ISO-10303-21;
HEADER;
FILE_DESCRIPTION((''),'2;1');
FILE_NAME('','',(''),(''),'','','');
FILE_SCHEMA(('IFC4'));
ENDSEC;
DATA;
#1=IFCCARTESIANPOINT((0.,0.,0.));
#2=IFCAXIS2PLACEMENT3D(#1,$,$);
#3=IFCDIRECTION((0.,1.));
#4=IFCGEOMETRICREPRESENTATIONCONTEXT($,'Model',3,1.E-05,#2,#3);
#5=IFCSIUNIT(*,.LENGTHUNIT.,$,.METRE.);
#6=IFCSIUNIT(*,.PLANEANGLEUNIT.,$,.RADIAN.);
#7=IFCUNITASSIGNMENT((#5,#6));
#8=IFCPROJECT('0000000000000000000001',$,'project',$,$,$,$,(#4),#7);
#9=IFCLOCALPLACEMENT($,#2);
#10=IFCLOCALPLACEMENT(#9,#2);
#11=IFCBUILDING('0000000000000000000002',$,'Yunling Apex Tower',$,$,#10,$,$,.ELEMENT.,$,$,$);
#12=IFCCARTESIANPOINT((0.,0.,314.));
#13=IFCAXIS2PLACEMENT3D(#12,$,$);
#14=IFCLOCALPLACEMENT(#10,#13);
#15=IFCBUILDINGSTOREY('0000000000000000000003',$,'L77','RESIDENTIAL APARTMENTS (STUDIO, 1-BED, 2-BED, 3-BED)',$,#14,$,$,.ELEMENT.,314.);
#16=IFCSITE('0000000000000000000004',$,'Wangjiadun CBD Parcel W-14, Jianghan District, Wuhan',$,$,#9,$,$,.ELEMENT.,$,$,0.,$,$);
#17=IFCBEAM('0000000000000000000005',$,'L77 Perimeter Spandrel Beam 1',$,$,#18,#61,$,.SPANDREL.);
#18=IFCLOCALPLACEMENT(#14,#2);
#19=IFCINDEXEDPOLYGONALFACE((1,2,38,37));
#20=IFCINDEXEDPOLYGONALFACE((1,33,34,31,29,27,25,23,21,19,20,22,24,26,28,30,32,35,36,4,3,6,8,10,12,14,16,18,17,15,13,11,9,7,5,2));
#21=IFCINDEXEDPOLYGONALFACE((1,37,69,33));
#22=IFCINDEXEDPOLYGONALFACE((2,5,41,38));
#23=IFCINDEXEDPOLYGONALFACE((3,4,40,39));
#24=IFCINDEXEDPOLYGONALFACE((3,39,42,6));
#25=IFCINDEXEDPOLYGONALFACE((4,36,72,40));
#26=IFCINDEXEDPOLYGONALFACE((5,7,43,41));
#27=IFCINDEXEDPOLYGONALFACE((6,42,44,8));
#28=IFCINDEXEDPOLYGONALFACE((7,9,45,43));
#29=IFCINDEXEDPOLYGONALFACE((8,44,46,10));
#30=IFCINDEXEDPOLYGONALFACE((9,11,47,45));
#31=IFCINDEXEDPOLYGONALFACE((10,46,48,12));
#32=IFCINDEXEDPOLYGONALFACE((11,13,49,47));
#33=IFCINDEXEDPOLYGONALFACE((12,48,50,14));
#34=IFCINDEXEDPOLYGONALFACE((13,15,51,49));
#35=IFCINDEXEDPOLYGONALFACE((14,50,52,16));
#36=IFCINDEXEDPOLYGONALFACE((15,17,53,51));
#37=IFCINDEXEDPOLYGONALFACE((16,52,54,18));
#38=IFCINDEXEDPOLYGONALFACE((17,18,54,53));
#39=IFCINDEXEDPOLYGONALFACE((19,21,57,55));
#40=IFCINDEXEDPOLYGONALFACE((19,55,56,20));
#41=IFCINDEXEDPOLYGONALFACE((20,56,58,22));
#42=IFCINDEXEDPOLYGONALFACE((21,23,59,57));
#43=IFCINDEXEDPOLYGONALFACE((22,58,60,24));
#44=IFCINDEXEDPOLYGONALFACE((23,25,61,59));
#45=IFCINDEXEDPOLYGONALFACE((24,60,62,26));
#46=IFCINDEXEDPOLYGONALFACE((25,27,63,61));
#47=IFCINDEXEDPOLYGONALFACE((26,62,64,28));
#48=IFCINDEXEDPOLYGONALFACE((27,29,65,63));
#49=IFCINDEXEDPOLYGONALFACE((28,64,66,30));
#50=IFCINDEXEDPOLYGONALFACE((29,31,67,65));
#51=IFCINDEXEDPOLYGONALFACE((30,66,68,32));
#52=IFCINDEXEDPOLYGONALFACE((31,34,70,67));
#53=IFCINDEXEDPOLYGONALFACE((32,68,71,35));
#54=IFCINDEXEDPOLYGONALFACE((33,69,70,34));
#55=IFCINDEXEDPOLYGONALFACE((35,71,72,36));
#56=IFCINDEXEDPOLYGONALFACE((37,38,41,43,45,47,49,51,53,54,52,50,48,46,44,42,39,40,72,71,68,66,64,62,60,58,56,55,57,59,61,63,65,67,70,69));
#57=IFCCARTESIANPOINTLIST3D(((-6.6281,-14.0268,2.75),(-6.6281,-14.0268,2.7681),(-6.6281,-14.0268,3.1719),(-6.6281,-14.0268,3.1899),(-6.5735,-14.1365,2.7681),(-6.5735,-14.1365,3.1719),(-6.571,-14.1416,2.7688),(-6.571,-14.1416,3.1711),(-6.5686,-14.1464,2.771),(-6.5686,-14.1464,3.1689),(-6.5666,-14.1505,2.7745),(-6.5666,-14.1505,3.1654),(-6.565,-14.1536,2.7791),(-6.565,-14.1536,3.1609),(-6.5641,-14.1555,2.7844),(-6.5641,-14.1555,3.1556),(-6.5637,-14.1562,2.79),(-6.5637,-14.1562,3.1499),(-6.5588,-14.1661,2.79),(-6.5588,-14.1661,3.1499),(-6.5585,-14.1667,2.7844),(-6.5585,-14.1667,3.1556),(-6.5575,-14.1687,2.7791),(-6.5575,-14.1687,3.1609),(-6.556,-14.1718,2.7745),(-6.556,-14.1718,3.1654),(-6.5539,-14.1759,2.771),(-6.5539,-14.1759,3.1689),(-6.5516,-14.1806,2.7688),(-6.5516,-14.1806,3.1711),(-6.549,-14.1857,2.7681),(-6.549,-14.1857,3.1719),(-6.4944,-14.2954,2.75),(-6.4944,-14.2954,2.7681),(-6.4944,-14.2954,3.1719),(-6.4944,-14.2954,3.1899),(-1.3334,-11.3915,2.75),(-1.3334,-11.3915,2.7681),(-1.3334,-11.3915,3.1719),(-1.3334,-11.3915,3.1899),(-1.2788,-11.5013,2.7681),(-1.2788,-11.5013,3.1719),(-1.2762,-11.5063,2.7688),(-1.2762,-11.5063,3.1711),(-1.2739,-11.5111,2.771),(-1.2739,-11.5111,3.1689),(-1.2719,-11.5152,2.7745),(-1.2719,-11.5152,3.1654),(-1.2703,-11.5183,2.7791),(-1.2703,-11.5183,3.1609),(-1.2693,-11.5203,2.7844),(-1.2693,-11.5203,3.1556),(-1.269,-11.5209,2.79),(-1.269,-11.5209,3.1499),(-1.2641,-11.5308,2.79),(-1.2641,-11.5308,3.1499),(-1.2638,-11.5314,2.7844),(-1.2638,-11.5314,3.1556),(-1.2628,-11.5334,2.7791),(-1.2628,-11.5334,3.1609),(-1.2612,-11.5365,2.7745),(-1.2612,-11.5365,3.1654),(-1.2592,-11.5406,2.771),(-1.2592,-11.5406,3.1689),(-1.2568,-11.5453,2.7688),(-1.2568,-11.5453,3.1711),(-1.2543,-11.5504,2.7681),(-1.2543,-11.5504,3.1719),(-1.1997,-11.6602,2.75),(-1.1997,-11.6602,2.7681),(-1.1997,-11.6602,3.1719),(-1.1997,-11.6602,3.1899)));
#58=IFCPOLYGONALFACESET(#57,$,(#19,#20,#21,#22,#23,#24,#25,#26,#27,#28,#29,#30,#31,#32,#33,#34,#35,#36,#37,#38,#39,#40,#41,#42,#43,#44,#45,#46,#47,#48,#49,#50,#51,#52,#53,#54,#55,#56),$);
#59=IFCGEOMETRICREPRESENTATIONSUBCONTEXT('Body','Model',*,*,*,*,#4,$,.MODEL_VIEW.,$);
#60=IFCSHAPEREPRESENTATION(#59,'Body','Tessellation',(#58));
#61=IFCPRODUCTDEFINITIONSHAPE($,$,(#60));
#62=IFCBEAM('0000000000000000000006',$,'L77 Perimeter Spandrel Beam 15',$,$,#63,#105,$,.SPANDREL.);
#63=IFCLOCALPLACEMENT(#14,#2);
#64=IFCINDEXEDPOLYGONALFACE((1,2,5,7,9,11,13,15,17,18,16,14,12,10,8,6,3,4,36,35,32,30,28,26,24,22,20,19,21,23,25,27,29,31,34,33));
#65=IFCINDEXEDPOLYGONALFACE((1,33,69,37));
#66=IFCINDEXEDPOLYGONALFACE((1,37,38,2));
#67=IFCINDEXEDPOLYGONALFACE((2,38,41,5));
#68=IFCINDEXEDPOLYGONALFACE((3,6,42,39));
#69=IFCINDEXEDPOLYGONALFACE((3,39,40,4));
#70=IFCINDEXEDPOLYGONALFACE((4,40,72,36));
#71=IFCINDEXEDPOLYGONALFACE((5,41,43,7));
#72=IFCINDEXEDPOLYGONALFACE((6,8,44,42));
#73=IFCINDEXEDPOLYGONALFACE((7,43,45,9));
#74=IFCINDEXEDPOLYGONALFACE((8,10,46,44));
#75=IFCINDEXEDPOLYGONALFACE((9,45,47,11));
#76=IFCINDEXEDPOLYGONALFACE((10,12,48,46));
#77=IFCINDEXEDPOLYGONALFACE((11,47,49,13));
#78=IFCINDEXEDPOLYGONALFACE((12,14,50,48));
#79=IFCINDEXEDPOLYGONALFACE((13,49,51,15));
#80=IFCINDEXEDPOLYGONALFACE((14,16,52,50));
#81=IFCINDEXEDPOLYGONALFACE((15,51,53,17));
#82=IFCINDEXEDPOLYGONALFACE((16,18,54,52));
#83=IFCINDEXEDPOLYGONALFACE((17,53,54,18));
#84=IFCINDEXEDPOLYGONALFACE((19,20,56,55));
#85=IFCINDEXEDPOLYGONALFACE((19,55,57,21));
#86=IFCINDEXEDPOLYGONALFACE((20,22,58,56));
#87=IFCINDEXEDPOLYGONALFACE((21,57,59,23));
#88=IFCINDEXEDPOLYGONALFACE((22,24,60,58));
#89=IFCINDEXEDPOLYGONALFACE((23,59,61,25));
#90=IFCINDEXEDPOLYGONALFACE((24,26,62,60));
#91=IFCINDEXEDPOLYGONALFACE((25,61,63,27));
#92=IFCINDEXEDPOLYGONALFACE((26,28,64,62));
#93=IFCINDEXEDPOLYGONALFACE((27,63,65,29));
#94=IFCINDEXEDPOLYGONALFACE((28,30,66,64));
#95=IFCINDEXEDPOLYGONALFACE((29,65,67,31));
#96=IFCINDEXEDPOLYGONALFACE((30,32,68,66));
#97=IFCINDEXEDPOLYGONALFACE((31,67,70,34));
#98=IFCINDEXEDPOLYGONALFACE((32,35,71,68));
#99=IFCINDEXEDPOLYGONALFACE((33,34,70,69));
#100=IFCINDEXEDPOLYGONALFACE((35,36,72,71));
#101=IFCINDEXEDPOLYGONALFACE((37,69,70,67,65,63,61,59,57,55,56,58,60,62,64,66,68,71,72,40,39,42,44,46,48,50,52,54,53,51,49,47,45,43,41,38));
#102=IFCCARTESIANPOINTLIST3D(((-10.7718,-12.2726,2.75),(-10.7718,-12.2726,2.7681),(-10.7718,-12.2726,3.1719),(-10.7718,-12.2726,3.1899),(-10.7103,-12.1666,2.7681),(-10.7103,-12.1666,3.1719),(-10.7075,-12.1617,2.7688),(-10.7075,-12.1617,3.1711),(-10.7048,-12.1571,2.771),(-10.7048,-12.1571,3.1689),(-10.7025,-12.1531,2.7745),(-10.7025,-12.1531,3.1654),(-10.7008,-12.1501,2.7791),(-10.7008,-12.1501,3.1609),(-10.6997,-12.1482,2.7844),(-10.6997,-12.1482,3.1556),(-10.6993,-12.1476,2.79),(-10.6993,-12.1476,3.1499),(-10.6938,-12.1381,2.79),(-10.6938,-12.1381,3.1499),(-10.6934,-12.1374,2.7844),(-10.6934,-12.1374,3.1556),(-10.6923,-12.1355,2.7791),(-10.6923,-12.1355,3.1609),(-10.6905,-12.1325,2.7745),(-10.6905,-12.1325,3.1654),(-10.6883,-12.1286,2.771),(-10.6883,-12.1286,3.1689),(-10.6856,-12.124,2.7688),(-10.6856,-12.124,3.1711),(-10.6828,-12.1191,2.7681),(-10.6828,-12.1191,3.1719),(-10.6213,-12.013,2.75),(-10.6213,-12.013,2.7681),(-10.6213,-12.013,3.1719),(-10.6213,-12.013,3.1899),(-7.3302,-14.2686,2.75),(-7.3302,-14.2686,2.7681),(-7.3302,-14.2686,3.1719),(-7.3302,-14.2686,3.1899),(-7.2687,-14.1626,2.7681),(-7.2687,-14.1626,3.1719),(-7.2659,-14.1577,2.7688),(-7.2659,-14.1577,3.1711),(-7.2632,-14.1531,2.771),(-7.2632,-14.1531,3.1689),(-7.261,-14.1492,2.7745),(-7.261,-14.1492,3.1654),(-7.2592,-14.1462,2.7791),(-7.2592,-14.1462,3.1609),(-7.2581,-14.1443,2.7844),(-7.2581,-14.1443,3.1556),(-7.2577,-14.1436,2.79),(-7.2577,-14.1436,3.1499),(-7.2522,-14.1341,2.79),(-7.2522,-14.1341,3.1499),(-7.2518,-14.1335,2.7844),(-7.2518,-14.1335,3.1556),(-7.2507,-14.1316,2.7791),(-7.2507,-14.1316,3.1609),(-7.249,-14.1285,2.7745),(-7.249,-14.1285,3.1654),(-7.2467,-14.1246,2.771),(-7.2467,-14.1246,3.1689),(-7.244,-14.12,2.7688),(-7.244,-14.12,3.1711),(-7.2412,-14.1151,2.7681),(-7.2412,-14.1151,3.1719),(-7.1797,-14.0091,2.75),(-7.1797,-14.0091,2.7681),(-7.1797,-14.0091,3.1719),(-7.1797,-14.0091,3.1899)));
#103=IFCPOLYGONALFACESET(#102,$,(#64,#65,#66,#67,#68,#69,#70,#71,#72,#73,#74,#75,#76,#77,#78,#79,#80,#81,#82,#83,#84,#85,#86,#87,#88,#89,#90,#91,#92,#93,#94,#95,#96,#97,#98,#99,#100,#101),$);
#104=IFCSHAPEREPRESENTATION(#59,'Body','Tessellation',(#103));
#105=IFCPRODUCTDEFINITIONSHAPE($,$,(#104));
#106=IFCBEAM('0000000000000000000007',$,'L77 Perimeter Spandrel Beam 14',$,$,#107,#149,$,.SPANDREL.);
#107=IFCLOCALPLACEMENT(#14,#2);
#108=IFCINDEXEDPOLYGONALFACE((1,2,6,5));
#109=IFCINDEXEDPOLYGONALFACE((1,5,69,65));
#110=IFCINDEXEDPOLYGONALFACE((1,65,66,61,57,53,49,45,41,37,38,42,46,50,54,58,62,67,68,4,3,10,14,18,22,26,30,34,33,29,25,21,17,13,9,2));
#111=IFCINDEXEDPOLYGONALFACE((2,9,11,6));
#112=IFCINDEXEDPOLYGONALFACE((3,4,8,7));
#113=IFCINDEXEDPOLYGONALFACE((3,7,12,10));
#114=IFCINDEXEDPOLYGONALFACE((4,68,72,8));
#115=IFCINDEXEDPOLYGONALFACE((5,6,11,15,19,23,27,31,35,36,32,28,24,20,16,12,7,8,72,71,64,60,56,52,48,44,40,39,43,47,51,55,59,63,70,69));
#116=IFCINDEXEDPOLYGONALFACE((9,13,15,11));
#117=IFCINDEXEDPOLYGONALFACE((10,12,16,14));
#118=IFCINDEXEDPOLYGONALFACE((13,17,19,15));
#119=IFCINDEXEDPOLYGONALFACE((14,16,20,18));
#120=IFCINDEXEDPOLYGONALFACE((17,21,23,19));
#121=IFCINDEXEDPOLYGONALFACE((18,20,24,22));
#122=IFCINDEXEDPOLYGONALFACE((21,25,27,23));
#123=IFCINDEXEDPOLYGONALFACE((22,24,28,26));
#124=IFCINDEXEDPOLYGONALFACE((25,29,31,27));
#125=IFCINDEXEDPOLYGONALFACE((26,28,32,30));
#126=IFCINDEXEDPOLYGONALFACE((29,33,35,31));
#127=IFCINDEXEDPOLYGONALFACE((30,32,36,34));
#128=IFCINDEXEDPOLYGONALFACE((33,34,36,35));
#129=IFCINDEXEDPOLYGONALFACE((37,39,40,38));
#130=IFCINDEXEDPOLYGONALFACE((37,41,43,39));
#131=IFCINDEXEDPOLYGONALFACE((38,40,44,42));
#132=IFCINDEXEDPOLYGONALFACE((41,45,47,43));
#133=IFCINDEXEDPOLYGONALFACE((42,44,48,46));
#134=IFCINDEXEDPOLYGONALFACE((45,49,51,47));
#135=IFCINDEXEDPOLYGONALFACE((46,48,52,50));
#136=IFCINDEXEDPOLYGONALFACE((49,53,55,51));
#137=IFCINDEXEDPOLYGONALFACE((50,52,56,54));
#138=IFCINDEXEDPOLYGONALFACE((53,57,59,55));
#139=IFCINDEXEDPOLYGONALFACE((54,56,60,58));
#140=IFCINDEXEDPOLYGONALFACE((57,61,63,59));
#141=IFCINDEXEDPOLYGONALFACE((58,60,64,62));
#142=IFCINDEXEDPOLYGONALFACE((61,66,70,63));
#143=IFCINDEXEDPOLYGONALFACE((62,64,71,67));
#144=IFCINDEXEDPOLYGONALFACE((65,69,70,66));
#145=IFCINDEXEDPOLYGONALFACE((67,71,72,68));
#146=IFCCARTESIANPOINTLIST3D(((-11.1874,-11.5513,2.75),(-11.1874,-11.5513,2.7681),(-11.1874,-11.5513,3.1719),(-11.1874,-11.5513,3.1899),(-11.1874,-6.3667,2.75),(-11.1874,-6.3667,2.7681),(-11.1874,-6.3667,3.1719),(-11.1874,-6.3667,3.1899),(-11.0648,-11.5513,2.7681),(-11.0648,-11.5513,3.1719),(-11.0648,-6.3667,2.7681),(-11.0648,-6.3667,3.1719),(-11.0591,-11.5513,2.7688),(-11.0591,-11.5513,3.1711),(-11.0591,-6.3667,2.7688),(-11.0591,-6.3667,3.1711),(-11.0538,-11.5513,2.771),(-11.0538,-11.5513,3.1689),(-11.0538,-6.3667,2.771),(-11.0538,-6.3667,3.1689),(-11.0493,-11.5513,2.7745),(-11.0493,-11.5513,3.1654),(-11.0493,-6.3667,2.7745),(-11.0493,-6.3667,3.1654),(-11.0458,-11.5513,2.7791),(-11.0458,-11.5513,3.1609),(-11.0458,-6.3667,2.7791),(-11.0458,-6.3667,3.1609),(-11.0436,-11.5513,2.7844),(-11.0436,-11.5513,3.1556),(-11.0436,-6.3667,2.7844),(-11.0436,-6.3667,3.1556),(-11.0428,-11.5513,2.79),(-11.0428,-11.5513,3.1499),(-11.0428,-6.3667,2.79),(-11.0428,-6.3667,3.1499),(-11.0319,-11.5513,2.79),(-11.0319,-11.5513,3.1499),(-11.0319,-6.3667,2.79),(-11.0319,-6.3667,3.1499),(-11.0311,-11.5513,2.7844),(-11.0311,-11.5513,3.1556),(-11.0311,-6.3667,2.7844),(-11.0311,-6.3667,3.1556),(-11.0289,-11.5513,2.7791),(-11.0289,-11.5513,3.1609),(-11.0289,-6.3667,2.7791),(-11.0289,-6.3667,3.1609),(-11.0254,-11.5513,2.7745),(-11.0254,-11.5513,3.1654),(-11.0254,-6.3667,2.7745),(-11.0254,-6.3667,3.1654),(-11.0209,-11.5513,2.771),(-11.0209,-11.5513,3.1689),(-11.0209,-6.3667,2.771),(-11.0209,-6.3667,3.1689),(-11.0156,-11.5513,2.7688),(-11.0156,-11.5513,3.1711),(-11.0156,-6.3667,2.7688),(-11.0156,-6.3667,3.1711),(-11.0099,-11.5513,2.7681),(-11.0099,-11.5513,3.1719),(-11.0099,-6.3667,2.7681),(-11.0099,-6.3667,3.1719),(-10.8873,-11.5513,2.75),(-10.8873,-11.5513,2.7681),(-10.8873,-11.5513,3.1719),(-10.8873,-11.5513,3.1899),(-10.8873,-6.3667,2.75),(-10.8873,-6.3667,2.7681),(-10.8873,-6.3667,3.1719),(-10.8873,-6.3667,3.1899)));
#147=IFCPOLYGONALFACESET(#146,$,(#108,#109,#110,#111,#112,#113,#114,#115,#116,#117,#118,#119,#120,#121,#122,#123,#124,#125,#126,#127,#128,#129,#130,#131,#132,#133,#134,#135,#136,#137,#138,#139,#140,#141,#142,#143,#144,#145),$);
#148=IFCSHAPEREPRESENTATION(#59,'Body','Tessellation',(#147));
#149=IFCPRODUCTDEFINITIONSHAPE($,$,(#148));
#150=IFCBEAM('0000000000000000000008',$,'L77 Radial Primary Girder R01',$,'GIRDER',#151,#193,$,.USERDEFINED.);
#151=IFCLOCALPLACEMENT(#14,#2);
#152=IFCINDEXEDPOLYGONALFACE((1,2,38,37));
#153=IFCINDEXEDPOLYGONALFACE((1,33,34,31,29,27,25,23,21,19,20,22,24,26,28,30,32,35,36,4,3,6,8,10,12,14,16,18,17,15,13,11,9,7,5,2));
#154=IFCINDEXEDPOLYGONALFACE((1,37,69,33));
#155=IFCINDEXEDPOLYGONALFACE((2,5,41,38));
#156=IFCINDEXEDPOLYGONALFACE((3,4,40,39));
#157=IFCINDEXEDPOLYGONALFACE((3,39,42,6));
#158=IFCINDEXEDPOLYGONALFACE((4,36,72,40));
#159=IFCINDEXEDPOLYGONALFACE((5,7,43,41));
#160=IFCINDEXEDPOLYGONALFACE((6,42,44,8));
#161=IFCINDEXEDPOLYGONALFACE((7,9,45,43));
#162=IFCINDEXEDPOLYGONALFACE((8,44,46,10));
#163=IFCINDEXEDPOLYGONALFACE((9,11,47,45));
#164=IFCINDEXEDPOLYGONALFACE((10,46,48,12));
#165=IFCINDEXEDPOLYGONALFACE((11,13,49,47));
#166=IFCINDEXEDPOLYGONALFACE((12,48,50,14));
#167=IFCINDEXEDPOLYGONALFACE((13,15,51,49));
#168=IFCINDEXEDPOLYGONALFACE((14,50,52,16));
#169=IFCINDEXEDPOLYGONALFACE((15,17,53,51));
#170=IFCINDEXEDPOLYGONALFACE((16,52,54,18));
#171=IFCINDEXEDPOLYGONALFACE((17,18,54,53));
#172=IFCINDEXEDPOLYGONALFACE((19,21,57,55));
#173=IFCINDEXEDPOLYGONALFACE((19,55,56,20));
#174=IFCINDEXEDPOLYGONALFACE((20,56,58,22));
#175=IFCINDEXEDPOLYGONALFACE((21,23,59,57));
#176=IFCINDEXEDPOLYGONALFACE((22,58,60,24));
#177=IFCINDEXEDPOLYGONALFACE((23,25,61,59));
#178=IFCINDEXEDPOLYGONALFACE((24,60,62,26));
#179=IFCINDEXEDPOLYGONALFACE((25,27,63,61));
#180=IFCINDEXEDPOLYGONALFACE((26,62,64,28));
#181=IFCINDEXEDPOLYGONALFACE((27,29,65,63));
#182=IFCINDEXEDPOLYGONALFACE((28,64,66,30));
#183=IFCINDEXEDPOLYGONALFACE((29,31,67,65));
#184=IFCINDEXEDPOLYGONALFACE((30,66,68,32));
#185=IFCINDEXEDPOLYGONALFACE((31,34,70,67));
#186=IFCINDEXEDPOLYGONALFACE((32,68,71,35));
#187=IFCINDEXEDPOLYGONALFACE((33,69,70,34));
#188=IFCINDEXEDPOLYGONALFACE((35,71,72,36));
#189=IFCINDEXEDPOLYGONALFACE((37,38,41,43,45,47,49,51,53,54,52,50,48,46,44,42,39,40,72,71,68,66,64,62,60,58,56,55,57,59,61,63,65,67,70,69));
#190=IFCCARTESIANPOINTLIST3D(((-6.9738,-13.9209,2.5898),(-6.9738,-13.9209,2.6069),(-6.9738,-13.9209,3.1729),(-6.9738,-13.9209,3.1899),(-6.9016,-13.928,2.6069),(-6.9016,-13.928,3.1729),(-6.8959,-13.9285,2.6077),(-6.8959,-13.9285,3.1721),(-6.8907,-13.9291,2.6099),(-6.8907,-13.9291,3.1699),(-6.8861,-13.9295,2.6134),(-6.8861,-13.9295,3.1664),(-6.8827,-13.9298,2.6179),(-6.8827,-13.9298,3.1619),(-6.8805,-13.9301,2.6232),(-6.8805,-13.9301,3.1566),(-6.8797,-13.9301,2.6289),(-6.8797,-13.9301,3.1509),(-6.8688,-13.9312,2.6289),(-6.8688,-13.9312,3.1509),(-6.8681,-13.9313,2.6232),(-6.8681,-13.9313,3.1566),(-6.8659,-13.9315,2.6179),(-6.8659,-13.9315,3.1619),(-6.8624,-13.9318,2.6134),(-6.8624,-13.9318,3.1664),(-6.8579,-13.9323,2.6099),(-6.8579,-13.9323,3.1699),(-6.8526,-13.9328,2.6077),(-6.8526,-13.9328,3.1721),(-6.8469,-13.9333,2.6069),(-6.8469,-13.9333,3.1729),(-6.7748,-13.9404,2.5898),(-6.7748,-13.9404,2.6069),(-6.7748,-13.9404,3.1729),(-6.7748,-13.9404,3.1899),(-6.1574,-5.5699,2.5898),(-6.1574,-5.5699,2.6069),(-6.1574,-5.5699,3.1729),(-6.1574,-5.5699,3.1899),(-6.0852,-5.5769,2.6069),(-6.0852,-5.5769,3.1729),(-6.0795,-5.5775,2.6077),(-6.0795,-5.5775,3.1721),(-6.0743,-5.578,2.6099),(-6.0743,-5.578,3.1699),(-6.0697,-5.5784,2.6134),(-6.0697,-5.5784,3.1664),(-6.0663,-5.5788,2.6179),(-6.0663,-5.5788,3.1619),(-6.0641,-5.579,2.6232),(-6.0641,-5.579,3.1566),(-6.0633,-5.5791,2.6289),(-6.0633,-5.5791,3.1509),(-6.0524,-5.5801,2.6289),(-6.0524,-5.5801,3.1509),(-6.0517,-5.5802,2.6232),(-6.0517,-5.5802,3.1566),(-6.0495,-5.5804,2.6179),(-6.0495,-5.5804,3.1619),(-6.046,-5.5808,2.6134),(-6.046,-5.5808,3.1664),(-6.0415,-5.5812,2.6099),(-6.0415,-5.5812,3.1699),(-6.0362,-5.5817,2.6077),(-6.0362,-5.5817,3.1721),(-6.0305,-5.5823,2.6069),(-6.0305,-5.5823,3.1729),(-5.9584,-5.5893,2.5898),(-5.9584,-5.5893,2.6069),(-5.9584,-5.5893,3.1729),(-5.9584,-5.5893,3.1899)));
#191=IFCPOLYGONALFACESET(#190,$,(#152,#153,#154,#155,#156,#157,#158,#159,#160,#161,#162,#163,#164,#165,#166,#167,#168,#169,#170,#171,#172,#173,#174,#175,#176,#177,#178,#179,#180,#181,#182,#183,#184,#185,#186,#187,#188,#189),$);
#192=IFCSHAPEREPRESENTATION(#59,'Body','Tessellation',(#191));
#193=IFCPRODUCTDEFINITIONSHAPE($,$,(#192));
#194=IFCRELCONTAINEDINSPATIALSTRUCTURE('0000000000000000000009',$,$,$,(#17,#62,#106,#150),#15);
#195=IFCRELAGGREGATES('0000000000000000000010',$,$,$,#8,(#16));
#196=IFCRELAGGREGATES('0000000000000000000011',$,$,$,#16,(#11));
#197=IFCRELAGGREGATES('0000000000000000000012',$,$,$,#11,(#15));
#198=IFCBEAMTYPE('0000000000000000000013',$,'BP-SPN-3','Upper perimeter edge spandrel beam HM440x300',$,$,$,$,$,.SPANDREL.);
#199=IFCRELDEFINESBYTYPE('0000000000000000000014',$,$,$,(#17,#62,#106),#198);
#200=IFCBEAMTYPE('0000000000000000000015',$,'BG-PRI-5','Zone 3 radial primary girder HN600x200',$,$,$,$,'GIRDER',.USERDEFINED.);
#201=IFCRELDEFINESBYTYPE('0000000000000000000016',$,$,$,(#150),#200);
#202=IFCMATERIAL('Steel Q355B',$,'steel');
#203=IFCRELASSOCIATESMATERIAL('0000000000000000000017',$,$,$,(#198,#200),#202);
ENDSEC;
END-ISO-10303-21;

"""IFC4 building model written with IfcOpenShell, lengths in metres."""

from ifc_helpers import new_model, si_unit, direction, frame, origin, origin_2d, place, context, subcontext, project, spatial, i_section, extrude, source, transform, mapped, material, material_profile, profile_set, type_object, element, save


model = new_model("IFC4")

# Units and contexts
model_context = context("Model", 3, precision=1e-05, world=origin(), true_north=direction((0.0, 1.0)))
body_context = subcontext(model_context, "Body", "Model", "MODEL_VIEW")
ifc_project = project(units=[si_unit("LENGTHUNIT", "METRE"), si_unit("PLANEANGLEUNIT", "RADIAN")], contexts=[model_context])

# Site, building, storey
site_placement = place(None, origin())
site = spatial("IfcSite", under=ifc_project, at=site_placement, Name="Wangjiadun CBD Parcel W-14, Jianghan District, Wuhan", CompositionType="ELEMENT", RefElevation=0.0)
building_placement = place(site_placement, origin())
building = spatial("IfcBuilding", under=site, at=building_placement, Name="Yunling Apex Tower", CompositionType="ELEMENT")
storey_placement = place(building_placement, frame((0.0, 0.0, 314.0)))
storey = spatial("IfcBuildingStorey", under=building, at=storey_placement, Name="L77", Description="RESIDENTIAL APARTMENTS (STUDIO, 1-BED, 2-BED, 3-BED)", CompositionType="ELEMENT", Elevation=314.0)

# Shared definitions
ifc_material_1 = material(Name="Steel Q355B", Category="steel")

# Beams
ifc_material_profile_1 = material_profile(ifc_material_1, i_section(OverallWidth=0.3, OverallDepth=0.4399, WebThickness=0.011, FlangeThickness=0.0181, FilletRadius=0.022, at=origin_2d()))
ifc_profile_set_1 = profile_set([ifc_material_profile_1], Name="Steel Q355B")
beam_type_1 = type_object("IfcBeamType", Name="BP-SPN-3", Description="Upper perimeter edge spandrel beam HM440x300", PredefinedType="SPANDREL", material=ifc_profile_set_1)
shared_shape_1 = source(origin(), body_context, "Body", "SweptSolid", [
    extrude(i_section(OverallWidth=0.3, OverallDepth=0.4399, WebThickness=0.011, FlangeThickness=0.0181, FilletRadius=0.022, at=origin_2d()), origin(), (0.0, 0.0, 1.0), 5.9143),
])
beam_1_placement = place(storey_placement, frame((-6.5613, -14.1611, 2.97), z_axis=(0.895243, 0.445578, 0.0), x_axis=(-0.445578, 0.895243, 0.0)))
element("IfcBeam", 1, at=beam_1_placement, inside=storey, type_object=beam_type_1, Name="L77 Perimeter Spandrel Beam 1", PredefinedType="SPANDREL", context=body_context, shape_type="MappedRepresentation", body=[
    mapped(shared_shape_1, transform((0.0, 0.0, 0.0), scale=1.0)),
])
shared_shape_2 = source(origin(), body_context, "Body", "SweptSolid", [
    extrude(i_section(OverallWidth=0.3, OverallDepth=0.4399, WebThickness=0.011, FlangeThickness=0.0181, FilletRadius=0.022, at=origin_2d()), origin(), (0.0, 0.0, 1.0), 3.9785),
])
beam_2_placement = place(storey_placement, frame((-10.6965, -12.1428, 2.97), z_axis=(0.865038, -0.501706, 0.0), x_axis=(0.501706, 0.865038, 0.0)))
element("IfcBeam", 2, at=beam_2_placement, inside=storey, type_object=beam_type_1, Name="L77 Perimeter Spandrel Beam 15", PredefinedType="SPANDREL", context=body_context, shape_type="MappedRepresentation", body=[
    mapped(shared_shape_2, transform((0.0, 0.0, 0.0), scale=1.0)),
])
shared_shape_3 = source(origin(), body_context, "Body", "SweptSolid", [
    extrude(i_section(OverallWidth=0.3, OverallDepth=0.4399, WebThickness=0.011, FlangeThickness=0.0181, FilletRadius=0.022, at=origin_2d()), origin(), (0.0, 0.0, 1.0), 5.1846),
])
beam_3_placement = place(storey_placement, frame((-11.0374, -6.3667, 2.97), z_axis=(0.0, -1.0, 0.0), x_axis=(1.0, 0.0, 0.0)))
element("IfcBeam", 3, at=beam_3_placement, inside=storey, type_object=beam_type_1, Name="L77 Perimeter Spandrel Beam 14", PredefinedType="SPANDREL", context=body_context, shape_type="MappedRepresentation", body=[
    mapped(shared_shape_3, transform((0.0, 0.0, 0.0), scale=1.0)),
])
ifc_material_profile_2 = material_profile(ifc_material_1, i_section(OverallWidth=0.2, OverallDepth=0.6001, WebThickness=0.011, FlangeThickness=0.0171, FilletRadius=0.022, at=origin_2d()))
ifc_profile_set_2 = profile_set([ifc_material_profile_2], Name="Steel Q355B")
beam_type_2 = type_object("IfcBeamType", Name="BG-PRI-5", Description="Zone 3 radial primary girder HN600x200", ElementType="GIRDER", PredefinedType="USERDEFINED", material=ifc_profile_set_2)
shared_shape_4 = source(origin(), body_context, "Body", "SweptSolid", [
    extrude(i_section(OverallWidth=0.2, OverallDepth=0.6001, WebThickness=0.011, FlangeThickness=0.0171, FilletRadius=0.022, at=origin_2d()), origin(), (0.0, 0.0, 1.0), 8.3909),
])
beam_4_placement = place(storey_placement, frame((-6.8743, -13.9307, 2.8899), z_axis=(0.097297, 0.995255, 0.0), x_axis=(-0.995255, 0.097297, 0.0)))
element("IfcBeam", 4, at=beam_4_placement, inside=storey, type_object=beam_type_2, Name="L77 Radial Primary Girder R01", ObjectType="GIRDER", PredefinedType="USERDEFINED", context=body_context, shape_type="MappedRepresentation", body=[
    mapped(shared_shape_4, transform((0.0, 0.0, 0.0), scale=1.0)),
])

save(model, "model.ifc")
